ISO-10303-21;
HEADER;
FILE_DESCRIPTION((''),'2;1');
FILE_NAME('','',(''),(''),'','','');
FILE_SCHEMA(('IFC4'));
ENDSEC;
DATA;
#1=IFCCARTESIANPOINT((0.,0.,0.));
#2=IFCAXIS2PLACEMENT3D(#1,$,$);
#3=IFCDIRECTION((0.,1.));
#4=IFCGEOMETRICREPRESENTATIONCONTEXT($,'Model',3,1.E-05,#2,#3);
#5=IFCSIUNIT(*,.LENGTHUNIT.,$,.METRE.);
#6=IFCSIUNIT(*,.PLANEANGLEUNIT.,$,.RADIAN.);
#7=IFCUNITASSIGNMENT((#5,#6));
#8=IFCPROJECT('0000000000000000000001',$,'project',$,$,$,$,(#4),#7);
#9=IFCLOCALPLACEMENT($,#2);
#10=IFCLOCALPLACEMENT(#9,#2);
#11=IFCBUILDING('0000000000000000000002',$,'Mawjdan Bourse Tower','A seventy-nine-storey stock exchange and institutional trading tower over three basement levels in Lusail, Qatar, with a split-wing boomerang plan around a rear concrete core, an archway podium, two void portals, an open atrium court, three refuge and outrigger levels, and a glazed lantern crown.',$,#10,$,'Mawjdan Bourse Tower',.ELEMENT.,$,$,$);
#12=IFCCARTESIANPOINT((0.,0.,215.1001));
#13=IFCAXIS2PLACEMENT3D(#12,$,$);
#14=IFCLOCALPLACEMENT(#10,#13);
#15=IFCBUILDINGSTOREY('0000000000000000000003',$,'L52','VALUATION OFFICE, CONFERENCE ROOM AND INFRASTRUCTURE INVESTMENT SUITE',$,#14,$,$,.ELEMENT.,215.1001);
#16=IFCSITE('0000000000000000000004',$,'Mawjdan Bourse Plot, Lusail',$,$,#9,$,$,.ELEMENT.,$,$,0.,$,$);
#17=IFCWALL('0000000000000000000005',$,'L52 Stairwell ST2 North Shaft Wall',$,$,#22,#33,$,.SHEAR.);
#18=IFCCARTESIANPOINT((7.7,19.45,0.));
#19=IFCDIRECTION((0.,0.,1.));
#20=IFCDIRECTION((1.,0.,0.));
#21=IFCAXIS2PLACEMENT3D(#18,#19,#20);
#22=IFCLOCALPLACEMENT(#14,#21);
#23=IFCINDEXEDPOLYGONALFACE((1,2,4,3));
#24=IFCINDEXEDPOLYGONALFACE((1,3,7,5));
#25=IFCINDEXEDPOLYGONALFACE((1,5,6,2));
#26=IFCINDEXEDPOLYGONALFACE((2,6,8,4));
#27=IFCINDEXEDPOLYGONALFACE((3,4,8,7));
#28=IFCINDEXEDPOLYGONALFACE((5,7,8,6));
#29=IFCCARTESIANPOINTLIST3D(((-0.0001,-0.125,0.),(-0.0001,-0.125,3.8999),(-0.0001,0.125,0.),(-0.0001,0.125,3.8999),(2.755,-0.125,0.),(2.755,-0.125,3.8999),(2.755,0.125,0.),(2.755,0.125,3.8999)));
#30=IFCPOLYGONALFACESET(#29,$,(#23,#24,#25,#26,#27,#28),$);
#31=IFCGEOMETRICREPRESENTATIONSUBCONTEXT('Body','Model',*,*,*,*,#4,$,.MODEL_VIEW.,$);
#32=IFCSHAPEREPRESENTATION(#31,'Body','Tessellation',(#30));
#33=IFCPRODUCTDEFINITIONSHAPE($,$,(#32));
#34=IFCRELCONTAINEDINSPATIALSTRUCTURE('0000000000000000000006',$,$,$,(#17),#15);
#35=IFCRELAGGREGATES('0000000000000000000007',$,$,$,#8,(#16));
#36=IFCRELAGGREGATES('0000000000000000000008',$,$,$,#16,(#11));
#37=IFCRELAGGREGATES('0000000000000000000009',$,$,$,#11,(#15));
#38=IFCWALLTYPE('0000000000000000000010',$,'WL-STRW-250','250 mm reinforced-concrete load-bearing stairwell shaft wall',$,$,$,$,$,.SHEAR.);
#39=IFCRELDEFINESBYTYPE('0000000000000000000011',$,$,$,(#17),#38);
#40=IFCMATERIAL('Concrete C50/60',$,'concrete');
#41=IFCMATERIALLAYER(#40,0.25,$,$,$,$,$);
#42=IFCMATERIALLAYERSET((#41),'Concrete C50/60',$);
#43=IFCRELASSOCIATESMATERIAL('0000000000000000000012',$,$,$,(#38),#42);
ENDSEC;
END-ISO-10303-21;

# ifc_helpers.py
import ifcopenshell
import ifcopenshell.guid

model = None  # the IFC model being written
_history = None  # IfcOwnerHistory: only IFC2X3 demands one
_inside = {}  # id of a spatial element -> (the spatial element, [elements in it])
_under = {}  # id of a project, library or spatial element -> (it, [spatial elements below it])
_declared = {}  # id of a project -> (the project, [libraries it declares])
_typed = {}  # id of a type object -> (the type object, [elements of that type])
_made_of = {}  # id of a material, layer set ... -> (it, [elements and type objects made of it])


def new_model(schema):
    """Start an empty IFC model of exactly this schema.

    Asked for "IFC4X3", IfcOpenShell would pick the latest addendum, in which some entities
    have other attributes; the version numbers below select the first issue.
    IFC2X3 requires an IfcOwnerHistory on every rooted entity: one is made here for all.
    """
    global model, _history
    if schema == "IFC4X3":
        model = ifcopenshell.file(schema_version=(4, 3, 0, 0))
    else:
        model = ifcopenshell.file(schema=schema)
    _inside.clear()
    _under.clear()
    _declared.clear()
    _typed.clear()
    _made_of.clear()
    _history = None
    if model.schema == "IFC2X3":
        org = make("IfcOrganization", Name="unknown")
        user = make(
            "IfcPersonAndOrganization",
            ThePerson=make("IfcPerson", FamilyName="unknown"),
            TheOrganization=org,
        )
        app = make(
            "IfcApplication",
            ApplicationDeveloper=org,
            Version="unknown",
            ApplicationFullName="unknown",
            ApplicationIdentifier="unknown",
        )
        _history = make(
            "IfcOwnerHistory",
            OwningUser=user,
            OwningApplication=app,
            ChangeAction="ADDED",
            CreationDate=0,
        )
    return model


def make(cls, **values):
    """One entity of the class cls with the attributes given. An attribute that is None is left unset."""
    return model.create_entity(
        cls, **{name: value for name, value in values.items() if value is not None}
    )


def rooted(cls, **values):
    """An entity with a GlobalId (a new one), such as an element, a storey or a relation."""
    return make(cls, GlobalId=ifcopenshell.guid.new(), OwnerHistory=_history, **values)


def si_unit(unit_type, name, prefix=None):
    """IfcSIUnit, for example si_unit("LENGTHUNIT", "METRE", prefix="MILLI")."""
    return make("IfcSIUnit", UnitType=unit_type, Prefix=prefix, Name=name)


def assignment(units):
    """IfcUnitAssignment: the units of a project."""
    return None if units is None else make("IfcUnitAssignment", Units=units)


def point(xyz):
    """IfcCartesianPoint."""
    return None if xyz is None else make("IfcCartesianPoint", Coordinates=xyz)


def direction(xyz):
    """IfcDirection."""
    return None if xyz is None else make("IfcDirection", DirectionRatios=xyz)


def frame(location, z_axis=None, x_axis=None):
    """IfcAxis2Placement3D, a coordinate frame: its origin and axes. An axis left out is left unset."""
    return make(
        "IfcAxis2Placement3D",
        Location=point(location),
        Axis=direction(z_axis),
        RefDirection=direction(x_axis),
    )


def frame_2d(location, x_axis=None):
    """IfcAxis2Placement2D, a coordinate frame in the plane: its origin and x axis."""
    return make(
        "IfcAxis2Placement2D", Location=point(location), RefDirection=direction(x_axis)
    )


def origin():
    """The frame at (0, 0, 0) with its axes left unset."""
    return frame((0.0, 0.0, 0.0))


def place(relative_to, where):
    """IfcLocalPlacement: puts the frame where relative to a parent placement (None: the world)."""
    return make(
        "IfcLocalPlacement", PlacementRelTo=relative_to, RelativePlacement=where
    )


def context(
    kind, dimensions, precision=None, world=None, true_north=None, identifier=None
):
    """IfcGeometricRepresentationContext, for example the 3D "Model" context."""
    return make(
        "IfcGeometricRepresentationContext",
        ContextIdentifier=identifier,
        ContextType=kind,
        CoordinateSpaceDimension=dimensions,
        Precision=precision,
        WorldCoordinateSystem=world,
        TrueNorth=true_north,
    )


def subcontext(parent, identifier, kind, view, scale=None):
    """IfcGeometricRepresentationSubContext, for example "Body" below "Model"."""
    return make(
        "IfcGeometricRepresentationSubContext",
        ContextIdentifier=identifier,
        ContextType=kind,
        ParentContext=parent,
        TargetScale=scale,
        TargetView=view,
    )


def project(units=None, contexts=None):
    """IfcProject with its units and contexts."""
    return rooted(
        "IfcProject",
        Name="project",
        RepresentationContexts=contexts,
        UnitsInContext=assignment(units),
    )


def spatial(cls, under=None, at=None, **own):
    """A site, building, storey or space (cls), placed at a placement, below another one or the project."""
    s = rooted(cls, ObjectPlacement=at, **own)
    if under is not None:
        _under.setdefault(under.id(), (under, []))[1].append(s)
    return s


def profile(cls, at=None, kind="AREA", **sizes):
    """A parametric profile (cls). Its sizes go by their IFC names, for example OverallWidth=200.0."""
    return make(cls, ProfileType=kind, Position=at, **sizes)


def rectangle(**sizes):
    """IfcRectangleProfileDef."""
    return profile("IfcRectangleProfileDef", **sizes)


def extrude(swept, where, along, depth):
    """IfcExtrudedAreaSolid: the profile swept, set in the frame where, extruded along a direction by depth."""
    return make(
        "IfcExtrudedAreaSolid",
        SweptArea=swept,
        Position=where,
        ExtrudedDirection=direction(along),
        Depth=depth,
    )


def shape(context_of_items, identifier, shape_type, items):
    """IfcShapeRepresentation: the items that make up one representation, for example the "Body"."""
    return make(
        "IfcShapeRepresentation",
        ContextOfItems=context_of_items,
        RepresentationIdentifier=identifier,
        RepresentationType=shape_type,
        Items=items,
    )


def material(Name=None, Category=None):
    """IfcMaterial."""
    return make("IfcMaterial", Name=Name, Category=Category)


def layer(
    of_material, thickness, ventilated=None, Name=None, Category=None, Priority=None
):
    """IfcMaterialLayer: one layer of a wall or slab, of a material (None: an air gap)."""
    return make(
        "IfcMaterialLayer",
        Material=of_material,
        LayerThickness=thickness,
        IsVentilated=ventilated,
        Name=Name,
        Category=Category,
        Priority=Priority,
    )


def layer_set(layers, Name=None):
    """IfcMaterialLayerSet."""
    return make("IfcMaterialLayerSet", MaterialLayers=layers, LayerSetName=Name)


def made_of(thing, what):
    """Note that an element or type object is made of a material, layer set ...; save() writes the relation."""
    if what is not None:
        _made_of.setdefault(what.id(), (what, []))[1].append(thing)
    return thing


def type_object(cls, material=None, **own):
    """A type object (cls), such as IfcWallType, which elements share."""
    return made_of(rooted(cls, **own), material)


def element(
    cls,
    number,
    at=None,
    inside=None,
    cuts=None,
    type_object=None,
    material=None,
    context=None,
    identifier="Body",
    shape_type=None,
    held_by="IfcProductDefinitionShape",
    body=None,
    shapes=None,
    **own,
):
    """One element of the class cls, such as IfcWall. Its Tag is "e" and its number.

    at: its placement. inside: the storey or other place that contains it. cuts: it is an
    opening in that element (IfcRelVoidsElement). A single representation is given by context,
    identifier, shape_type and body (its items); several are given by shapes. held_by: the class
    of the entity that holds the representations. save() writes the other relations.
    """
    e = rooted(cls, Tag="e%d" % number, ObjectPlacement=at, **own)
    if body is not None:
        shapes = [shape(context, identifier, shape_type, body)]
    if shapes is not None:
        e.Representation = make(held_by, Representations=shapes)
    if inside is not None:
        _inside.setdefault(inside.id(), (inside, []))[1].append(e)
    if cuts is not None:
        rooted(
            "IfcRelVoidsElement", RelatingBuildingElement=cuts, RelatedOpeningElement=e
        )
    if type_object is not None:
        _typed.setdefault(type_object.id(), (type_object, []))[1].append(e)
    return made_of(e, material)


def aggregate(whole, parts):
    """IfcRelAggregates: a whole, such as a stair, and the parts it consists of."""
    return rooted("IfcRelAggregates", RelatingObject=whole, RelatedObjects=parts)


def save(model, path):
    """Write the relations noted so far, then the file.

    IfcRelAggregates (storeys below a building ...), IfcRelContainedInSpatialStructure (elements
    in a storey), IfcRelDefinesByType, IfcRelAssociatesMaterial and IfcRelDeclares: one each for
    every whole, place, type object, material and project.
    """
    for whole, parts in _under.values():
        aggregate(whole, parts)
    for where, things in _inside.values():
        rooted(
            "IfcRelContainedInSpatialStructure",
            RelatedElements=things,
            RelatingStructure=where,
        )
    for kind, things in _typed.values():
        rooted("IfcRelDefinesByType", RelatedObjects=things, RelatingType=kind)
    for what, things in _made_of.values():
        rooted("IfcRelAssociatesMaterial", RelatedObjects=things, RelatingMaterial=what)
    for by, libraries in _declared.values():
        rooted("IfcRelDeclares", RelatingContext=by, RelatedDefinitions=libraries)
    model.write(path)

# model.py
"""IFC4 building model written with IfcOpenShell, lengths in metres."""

from ifc_helpers import new_model, si_unit, direction, frame, frame_2d, origin, place, context, subcontext, project, spatial, rectangle, extrude, material, layer, layer_set, type_object, element, save


model = new_model("IFC4")

# Units and contexts
model_context = context("Model", 3, precision=1e-05, world=origin(), true_north=direction((0.0, 1.0)))
body_context = subcontext(model_context, "Body", "Model", "MODEL_VIEW")
ifc_project = project(units=[si_unit("LENGTHUNIT", "METRE"), si_unit("PLANEANGLEUNIT", "RADIAN")], contexts=[model_context])

# Site, building, storey
site_placement = place(None, origin())
site = spatial("IfcSite", under=ifc_project, at=site_placement, Name="Mawjdan Bourse Plot, Lusail", CompositionType="ELEMENT", RefElevation=0.0)
building_placement = place(site_placement, origin())
building = spatial("IfcBuilding", under=site, at=building_placement, Name="Mawjdan Bourse Tower", Description="A seventy-nine-storey stock exchange and institutional trading tower over three basement levels in Lusail, Qatar, with a split-wing boomerang plan around a rear concrete core, an archway podium, two void portals, an open atrium court, three refuge and outrigger levels, and a glazed lantern crown.", LongName="Mawjdan Bourse Tower", CompositionType="ELEMENT")
storey_placement = place(building_placement, frame((0.0, 0.0, 215.1001)))
storey = spatial("IfcBuildingStorey", under=building, at=storey_placement, Name="L52", Description="VALUATION OFFICE, CONFERENCE ROOM AND INFRASTRUCTURE INVESTMENT SUITE", CompositionType="ELEMENT", Elevation=215.1001)

# Wall
ifc_material_1 = material(Name="Concrete C50/60", Category="concrete")
ifc_layer_1 = layer(ifc_material_1, 0.25)
ifc_layer_set_1 = layer_set([ifc_layer_1], Name="Concrete C50/60")
wall_type_1 = type_object("IfcWallType", Name="WL-STRW-250", Description="250 mm reinforced-concrete load-bearing stairwell shaft wall", PredefinedType="SHEAR", material=ifc_layer_set_1)
wall_1_placement = place(storey_placement, frame((7.7, 19.45, 0.0), z_axis=(0.0, 0.0, 1.0), x_axis=(1.0, 0.0, 0.0)))
element("IfcWall", 1, at=wall_1_placement, inside=storey, type_object=wall_type_1, Name="L52 Stairwell ST2 North Shaft Wall", PredefinedType="SHEAR", context=body_context, shape_type="SweptSolid", body=[
    extrude(rectangle(XDim=2.7551, YDim=0.25, at=frame_2d((1.3774, 0.0))), origin(), (0.0, 0.0, 1.0), 3.8999),
])

save(model, "model.ifc")
